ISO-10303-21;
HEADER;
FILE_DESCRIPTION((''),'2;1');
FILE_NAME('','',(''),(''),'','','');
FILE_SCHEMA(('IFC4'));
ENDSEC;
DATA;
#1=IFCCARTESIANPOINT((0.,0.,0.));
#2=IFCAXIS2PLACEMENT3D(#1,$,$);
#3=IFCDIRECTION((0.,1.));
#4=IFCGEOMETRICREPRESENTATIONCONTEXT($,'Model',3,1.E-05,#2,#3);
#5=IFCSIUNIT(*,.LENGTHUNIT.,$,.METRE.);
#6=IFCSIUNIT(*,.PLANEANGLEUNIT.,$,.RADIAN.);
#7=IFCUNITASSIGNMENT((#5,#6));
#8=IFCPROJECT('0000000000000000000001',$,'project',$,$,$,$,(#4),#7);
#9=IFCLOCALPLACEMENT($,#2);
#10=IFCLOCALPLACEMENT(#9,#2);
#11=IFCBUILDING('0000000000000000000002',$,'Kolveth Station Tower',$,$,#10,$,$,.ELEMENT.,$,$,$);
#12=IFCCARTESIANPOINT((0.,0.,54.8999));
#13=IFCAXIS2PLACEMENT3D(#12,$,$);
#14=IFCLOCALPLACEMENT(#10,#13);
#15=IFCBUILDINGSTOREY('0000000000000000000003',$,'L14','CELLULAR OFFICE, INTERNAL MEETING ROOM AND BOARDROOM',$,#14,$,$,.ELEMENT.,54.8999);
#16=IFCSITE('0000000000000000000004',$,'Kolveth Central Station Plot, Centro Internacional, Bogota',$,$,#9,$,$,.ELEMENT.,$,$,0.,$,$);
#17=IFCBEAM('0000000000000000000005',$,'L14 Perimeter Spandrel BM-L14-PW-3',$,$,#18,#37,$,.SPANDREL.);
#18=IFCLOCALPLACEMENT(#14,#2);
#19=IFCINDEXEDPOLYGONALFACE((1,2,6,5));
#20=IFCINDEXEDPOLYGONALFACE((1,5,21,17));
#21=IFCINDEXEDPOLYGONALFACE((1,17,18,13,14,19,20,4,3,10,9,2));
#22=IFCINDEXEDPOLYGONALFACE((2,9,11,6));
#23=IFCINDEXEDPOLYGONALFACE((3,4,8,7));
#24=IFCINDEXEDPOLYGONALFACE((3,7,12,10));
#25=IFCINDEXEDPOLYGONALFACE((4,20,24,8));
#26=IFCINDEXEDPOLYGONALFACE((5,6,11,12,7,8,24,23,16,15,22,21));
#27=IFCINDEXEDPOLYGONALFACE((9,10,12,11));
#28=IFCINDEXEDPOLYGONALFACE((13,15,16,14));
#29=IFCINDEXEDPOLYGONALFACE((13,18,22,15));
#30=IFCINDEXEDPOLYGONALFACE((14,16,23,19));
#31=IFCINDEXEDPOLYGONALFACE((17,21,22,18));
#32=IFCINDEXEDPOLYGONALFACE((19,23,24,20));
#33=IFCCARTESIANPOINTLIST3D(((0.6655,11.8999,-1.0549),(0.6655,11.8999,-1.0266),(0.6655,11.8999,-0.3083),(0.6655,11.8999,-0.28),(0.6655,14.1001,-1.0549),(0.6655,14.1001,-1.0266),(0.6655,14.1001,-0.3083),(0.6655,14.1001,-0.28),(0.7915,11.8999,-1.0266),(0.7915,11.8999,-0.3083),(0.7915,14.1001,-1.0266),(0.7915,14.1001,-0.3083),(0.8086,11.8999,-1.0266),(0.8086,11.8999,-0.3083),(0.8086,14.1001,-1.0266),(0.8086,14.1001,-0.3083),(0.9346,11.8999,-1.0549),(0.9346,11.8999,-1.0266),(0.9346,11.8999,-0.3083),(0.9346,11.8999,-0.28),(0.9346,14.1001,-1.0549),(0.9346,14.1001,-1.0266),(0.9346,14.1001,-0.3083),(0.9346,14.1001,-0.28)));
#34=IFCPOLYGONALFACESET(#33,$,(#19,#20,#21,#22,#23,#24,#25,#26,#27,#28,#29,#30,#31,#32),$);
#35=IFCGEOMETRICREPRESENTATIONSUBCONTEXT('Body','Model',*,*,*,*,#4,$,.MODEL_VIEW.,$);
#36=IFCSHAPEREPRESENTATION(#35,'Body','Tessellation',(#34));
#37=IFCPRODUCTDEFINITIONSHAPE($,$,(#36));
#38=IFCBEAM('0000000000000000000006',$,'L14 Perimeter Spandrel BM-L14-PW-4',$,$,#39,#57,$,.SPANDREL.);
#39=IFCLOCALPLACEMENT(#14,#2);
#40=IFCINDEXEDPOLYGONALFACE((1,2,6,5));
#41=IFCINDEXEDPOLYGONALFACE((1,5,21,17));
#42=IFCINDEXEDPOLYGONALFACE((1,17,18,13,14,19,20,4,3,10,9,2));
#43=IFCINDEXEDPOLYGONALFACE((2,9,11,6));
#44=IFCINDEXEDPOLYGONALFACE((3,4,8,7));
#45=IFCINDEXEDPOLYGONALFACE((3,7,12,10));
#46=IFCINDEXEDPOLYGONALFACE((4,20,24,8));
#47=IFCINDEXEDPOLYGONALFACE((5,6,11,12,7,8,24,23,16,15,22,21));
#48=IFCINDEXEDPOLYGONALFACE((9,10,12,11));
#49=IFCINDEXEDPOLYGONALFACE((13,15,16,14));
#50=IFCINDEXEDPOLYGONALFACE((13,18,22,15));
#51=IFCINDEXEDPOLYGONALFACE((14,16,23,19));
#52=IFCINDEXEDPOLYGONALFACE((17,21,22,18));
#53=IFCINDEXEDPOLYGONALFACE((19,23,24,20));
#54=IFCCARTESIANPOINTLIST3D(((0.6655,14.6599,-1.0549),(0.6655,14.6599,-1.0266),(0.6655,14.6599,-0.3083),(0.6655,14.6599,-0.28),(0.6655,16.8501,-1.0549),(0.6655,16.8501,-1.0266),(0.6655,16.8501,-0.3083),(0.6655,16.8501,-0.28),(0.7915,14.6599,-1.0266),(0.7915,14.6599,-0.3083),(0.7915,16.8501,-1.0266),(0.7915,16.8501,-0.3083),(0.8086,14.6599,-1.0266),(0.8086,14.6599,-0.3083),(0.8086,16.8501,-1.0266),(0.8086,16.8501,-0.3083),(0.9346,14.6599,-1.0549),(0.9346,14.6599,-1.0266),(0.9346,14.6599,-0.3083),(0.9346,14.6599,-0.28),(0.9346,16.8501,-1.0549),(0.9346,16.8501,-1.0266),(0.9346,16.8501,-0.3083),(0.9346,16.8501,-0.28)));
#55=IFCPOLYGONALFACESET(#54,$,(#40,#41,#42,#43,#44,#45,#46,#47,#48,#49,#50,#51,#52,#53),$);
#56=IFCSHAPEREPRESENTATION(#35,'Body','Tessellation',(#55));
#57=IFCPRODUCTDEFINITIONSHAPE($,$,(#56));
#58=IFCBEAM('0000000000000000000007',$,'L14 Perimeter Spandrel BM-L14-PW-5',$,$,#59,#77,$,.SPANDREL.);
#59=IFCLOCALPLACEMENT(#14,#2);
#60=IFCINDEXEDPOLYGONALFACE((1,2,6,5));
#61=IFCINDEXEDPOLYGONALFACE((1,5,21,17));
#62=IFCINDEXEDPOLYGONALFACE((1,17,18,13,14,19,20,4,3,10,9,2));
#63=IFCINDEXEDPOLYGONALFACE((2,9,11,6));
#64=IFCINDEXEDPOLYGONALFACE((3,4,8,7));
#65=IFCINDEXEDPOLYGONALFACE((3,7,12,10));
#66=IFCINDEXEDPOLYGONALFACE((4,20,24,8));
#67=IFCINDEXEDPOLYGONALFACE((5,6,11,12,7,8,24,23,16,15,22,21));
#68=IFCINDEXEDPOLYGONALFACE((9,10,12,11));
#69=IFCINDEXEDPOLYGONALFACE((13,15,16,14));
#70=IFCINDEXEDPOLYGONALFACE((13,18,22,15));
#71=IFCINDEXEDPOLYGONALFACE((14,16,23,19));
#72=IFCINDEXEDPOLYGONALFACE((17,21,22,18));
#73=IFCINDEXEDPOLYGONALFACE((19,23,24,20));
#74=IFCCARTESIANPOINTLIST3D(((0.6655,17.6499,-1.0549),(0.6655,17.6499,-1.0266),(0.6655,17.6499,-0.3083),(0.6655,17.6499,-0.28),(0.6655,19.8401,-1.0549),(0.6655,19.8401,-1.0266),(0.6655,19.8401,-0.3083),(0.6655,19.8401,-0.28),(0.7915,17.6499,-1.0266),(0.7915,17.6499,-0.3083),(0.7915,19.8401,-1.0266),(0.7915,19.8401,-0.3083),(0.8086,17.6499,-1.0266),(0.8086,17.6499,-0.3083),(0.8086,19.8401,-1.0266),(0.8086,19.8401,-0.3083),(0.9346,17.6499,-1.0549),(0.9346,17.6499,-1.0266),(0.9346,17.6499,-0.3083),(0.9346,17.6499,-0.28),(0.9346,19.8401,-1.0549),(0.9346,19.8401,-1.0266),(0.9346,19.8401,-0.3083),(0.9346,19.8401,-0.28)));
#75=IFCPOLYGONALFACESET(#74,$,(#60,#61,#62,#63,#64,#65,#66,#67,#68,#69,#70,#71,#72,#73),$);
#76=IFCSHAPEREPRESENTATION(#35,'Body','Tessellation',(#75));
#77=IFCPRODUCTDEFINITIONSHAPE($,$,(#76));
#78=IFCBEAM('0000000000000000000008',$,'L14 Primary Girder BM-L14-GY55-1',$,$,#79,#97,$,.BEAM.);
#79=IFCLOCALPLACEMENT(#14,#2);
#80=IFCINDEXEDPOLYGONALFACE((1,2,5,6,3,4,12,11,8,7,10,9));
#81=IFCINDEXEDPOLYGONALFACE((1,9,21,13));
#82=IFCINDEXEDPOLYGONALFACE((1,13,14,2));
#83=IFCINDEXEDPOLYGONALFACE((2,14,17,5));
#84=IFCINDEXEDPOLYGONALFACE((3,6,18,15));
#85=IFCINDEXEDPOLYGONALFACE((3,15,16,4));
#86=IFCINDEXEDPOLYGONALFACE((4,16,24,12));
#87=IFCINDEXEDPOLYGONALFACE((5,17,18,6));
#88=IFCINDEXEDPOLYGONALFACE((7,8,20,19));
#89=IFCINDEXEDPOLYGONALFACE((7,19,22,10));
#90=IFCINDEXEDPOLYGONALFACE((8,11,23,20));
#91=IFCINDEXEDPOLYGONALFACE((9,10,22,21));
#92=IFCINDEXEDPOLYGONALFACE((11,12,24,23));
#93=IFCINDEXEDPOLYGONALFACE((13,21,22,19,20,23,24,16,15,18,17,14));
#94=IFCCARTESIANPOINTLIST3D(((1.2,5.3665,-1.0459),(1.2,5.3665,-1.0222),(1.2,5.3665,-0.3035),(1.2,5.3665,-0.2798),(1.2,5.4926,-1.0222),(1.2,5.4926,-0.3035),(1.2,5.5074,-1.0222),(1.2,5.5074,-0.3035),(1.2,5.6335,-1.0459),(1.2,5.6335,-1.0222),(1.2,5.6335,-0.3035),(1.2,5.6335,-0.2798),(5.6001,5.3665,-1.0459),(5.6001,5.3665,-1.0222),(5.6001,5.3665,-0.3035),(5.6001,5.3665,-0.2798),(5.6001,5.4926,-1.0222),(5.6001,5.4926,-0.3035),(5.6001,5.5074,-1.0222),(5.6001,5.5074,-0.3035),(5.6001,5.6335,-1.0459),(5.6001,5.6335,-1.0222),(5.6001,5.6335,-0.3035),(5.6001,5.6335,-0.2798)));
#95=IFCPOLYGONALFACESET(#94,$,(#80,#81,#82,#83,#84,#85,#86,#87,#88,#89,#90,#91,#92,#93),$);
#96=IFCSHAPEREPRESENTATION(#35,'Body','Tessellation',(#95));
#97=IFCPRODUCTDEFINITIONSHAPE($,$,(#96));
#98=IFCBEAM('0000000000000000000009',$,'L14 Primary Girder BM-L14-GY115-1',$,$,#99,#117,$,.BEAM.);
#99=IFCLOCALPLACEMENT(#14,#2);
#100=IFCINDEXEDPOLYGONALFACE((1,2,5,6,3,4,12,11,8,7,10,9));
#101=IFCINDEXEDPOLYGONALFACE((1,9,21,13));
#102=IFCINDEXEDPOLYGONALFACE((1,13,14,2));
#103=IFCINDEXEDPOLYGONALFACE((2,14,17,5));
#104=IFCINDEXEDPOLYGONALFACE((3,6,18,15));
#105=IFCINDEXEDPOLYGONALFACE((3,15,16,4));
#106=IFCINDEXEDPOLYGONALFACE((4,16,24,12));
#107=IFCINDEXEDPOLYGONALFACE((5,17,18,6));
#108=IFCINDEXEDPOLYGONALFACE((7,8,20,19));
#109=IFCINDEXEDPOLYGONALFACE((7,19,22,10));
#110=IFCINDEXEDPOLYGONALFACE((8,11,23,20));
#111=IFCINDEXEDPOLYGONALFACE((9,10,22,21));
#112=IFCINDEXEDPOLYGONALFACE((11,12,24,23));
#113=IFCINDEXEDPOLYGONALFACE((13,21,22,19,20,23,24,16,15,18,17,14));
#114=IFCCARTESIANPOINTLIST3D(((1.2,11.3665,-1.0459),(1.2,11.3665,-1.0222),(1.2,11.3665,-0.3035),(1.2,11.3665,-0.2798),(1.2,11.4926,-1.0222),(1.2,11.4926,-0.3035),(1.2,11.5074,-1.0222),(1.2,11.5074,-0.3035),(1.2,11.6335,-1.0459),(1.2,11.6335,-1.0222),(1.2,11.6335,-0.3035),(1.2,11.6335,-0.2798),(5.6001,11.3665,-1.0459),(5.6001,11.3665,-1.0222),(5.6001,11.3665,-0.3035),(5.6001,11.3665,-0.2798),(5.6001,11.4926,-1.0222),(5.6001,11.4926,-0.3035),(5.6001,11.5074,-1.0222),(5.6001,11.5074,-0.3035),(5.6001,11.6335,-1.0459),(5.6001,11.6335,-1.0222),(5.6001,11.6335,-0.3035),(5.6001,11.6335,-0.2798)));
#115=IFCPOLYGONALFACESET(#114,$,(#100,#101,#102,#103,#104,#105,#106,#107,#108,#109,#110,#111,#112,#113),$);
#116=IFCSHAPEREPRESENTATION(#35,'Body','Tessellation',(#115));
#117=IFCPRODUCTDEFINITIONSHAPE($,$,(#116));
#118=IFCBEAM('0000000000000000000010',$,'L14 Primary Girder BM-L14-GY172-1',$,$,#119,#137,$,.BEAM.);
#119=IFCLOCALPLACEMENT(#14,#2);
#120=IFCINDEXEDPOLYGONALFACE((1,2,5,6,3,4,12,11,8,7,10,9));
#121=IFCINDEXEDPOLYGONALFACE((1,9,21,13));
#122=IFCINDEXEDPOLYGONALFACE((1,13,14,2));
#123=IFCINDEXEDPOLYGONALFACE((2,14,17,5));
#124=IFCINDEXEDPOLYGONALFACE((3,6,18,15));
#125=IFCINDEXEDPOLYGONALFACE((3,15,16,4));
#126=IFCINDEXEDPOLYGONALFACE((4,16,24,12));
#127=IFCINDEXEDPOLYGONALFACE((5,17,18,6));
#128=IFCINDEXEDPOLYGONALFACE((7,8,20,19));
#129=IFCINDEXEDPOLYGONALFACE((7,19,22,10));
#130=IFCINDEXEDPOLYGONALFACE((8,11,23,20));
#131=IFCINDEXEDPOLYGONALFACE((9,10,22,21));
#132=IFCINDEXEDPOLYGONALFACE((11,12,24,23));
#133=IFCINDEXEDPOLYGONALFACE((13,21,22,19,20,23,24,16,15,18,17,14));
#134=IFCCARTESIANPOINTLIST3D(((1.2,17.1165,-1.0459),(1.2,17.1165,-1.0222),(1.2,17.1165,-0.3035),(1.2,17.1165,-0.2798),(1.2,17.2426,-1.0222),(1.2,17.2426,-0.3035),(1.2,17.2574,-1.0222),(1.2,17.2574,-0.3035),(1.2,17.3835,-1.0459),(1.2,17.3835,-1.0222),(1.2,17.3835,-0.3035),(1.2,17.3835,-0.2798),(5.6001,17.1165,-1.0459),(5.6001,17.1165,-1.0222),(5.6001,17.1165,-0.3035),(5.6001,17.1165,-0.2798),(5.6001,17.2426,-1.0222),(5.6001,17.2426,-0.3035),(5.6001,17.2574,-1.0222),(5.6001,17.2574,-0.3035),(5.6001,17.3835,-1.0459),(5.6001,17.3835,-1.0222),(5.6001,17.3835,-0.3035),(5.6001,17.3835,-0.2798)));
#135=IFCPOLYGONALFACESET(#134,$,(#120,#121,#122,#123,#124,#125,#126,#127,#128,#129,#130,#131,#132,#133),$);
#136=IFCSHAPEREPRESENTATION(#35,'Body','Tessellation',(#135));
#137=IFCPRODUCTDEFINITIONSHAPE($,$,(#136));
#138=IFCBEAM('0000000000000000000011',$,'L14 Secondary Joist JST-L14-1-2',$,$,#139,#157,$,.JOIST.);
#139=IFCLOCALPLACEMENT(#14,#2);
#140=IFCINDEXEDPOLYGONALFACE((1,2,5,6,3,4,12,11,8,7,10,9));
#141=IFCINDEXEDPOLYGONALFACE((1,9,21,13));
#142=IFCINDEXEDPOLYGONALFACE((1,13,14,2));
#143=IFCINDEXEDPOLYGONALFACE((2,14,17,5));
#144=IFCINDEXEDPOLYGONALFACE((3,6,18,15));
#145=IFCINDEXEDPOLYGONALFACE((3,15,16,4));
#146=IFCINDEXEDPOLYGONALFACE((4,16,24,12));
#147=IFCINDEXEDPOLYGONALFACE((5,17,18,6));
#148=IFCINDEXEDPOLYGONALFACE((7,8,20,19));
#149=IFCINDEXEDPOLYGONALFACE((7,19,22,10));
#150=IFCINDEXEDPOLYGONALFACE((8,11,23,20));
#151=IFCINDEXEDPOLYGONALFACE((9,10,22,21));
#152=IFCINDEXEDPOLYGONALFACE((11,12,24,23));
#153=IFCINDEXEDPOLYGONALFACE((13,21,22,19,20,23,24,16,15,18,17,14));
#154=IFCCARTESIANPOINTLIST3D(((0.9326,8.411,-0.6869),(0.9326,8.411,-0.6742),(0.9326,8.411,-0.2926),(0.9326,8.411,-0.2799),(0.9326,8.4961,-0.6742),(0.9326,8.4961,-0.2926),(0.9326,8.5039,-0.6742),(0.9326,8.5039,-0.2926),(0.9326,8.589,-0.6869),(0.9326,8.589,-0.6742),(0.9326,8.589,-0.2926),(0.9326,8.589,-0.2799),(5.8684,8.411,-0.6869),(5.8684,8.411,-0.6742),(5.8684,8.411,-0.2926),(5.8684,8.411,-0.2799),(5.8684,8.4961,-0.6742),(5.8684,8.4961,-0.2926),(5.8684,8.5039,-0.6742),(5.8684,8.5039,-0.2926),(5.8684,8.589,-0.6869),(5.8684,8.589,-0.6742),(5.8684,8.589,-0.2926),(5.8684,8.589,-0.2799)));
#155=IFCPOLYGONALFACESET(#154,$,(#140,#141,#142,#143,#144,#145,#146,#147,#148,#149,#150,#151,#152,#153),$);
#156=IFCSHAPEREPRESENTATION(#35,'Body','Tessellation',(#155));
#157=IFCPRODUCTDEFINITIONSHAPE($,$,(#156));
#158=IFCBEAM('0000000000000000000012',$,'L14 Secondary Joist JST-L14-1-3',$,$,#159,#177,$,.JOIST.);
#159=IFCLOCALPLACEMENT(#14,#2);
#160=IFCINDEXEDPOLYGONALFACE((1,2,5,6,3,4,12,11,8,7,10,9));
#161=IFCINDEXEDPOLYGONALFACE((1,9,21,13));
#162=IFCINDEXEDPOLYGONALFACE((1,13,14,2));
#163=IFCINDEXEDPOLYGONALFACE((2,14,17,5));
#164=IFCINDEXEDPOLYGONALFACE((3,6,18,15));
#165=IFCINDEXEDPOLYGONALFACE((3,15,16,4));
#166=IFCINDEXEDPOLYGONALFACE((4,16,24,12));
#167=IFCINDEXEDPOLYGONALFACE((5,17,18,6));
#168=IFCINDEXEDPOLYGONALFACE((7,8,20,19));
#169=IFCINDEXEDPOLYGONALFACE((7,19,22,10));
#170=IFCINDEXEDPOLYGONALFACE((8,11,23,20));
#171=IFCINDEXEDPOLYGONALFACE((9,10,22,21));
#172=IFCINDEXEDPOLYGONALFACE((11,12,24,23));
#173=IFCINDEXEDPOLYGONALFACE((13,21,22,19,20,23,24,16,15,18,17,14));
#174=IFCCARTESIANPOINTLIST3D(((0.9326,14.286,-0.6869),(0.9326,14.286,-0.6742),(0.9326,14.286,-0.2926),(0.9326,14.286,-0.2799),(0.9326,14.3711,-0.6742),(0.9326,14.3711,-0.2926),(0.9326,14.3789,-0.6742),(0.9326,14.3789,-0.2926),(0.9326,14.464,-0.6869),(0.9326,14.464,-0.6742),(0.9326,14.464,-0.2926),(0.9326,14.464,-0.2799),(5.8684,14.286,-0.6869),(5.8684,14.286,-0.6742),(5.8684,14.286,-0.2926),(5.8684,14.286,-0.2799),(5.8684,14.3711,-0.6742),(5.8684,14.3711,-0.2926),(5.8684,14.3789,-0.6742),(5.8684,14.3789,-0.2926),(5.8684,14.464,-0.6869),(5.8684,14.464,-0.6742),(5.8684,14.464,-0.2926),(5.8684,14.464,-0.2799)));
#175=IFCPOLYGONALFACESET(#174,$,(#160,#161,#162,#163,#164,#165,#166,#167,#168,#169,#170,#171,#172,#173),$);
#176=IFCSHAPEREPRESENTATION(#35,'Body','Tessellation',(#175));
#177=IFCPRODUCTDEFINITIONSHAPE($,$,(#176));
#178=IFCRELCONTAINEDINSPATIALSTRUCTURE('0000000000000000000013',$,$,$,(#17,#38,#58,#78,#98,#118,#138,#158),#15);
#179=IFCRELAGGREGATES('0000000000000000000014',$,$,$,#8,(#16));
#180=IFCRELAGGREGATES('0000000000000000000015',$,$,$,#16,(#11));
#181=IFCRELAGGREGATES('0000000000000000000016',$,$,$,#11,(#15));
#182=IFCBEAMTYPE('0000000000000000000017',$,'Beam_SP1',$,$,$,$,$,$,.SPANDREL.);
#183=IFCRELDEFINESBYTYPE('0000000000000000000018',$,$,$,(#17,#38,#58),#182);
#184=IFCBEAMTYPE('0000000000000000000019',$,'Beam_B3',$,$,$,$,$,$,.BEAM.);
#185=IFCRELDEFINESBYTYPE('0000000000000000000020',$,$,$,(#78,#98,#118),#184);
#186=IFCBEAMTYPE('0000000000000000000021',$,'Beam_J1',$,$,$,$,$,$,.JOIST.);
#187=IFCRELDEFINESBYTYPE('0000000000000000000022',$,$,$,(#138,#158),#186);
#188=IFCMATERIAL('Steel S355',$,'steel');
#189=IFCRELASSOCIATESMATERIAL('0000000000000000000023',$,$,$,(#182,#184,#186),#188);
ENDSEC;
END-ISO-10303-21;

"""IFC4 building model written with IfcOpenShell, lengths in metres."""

from ifc_helpers import new_model, si_unit, direction, frame, origin, origin_2d, place, context, subcontext, project, spatial, i_section, extrude, source, transform, mapped, material, material_profile, profile_set, type_object, element, save


model = new_model("IFC4")

# Units and contexts
model_context = context("Model", 3, precision=1e-05, world=origin(), true_north=direction((0.0, 1.0)))
body_context = subcontext(model_context, "Body", "Model", "MODEL_VIEW")
ifc_project = project(units=[si_unit("LENGTHUNIT", "METRE"), si_unit("PLANEANGLEUNIT", "RADIAN")], contexts=[model_context])

# Site, building, storey
site_placement = place(None, origin())
site = spatial("IfcSite", under=ifc_project, at=site_placement, Name="Kolveth Central Station Plot, Centro Internacional, Bogota", CompositionType="ELEMENT", RefElevation=0.0)
building_placement = place(site_placement, origin())
building = spatial("IfcBuilding", under=site, at=building_placement, Name="Kolveth Station Tower", CompositionType="ELEMENT")
storey_placement = place(building_placement, frame((0.0, 0.0, 54.8999)))
storey = spatial("IfcBuildingStorey", under=building, at=storey_placement, Name="L14", Description="CELLULAR OFFICE, INTERNAL MEETING ROOM AND BOARDROOM", CompositionType="ELEMENT", Elevation=54.8999)

# Shared definitions
ifc_material_1 = material(Name="Steel S355", Category="steel")

# Beams
ifc_material_profile_1 = material_profile(ifc_material_1, i_section(OverallWidth=0.269, OverallDepth=0.7749, WebThickness=0.0171, FlangeThickness=0.0283, at=origin_2d()), Name="W760x220")
ifc_profile_set_1 = profile_set([ifc_material_profile_1], Name="Steel S355")
beam_type_1 = type_object("IfcBeamType", Name="Beam_SP1", PredefinedType="SPANDREL", material=ifc_profile_set_1)
shared_shape_1 = source(origin(), body_context, "Body", "SweptSolid", [
    extrude(i_section(OverallWidth=0.269, OverallDepth=0.7749, WebThickness=0.0171, FlangeThickness=0.0283, at=origin_2d()), origin(), (0.0, 0.0, 1.0), 2.2002),
])
beam_1_placement = place(storey_placement, frame((0.8, 11.8999, -0.6675), z_axis=(0.0, 1.0, 0.0), x_axis=(-1.0, 0.0, 0.0)))
element("IfcBeam", 1, at=beam_1_placement, inside=storey, type_object=beam_type_1, Name="L14 Perimeter Spandrel BM-L14-PW-3", PredefinedType="SPANDREL", context=body_context, shape_type="MappedRepresentation", body=[
    mapped(shared_shape_1, transform((0.0, 0.0, 0.0), x_axis=(1.0, 0.0, 0.0), y_axis=(0.0, 1.0, 0.0), z_axis=(0.0, 0.0, 1.0), scale=1.0)),
])
shared_shape_2 = source(origin(), body_context, "Body", "SweptSolid", [
    extrude(i_section(OverallWidth=0.269, OverallDepth=0.7749, WebThickness=0.0171, FlangeThickness=0.0283, at=origin_2d()), origin(), (0.0, 0.0, 1.0), 2.1902),
])
for number, where, z_axis, x_axis, name in (
    (2, (0.8, 14.6599, -0.6675), (0.0, 1.0, 0.0), (-1.0, 0.0, 0.0), "L14 Perimeter Spandrel BM-L14-PW-4"),
    (3, (0.8, 17.6499, -0.6675), (0.0, 1.0, 0.0), (-1.0, 0.0, 0.0), "L14 Perimeter Spandrel BM-L14-PW-5"),
):
    element("IfcBeam", number, at=place(storey_placement, frame(where, z_axis=z_axis, x_axis=x_axis)), inside=storey, type_object=beam_type_1, Name=name, PredefinedType="SPANDREL", context=body_context, shape_type="MappedRepresentation", body=[
        mapped(shared_shape_2, transform((0.0, 0.0, 0.0), x_axis=(1.0, 0.0, 0.0), y_axis=(0.0, 1.0, 0.0), z_axis=(0.0, 0.0, 1.0), scale=1.0)),
    ])
ifc_material_profile_2 = material_profile(ifc_material_1, i_section(OverallWidth=0.2671, OverallDepth=0.7661, WebThickness=0.0149, FlangeThickness=0.0237, at=origin_2d()), Name="W760x185")
ifc_profile_set_2 = profile_set([ifc_material_profile_2], Name="Steel S355")
beam_type_2 = type_object("IfcBeamType", Name="Beam_B3", PredefinedType="BEAM", material=ifc_profile_set_2)
shared_shape_3 = source(origin(), body_context, "Body", "SweptSolid", [
    extrude(i_section(OverallWidth=0.2671, OverallDepth=0.7661, WebThickness=0.0149, FlangeThickness=0.0237, at=origin_2d()), origin(), (0.0, 0.0, 1.0), 4.4001),
])
for number, where, z_axis, x_axis, name in (
    (4, (1.2, 5.5, -0.6628), (1.0, 0.0, 0.0), (0.0, 1.0, 0.0), "L14 Primary Girder BM-L14-GY55-1"),
    (5, (1.2, 11.5, -0.6628), (1.0, 0.0, 0.0), (0.0, 1.0, 0.0), "L14 Primary Girder BM-L14-GY115-1"),
    (6, (1.2, 17.25, -0.6628), (1.0, 0.0, 0.0), (0.0, 1.0, 0.0), "L14 Primary Girder BM-L14-GY172-1"),
):
    element("IfcBeam", number, at=place(storey_placement, frame(where, z_axis=z_axis, x_axis=x_axis)), inside=storey, type_object=beam_type_2, Name=name, PredefinedType="BEAM", context=body_context, shape_type="MappedRepresentation", body=[
        mapped(shared_shape_3, transform((0.0, 0.0, 0.0), x_axis=(1.0, 0.0, 0.0), y_axis=(0.0, 1.0, 0.0), z_axis=(0.0, 0.0, 1.0), scale=1.0)),
    ])
ifc_material_profile_3 = material_profile(ifc_material_1, i_section(OverallWidth=0.178, OverallDepth=0.407, WebThickness=0.0078, FlangeThickness=0.0127, at=origin_2d()), Name="W410x60")
ifc_profile_set_3 = profile_set([ifc_material_profile_3], Name="Steel S355")
beam_type_3 = type_object("IfcBeamType", Name="Beam_J1", PredefinedType="JOIST", material=ifc_profile_set_3)
shared_shape_4 = source(origin(), body_context, "Body", "SweptSolid", [
    extrude(i_section(OverallWidth=0.178, OverallDepth=0.407, WebThickness=0.0078, FlangeThickness=0.0127, at=origin_2d()), origin(), (0.0, 0.0, 1.0), 4.9358),
])
for number, where, z_axis, x_axis, name in (
    (7, (0.9326, 8.5, -0.4834), (1.0, 0.0, 0.0), (0.0, 1.0, 0.0), "L14 Secondary Joist JST-L14-1-2"),
    (8, (0.9326, 14.375, -0.4834), (1.0, 0.0, 0.0), (0.0, 1.0, 0.0), "L14 Secondary Joist JST-L14-1-3"),
):
    element("IfcBeam", number, at=place(storey_placement, frame(where, z_axis=z_axis, x_axis=x_axis)), inside=storey, type_object=beam_type_3, Name=name, PredefinedType="JOIST", context=body_context, shape_type="MappedRepresentation", body=[
        mapped(shared_shape_4, transform((0.0, 0.0, 0.0), x_axis=(1.0, 0.0, 0.0), y_axis=(0.0, 1.0, 0.0), z_axis=(0.0, 0.0, 1.0), scale=1.0)),
    ])

save(model, "model.ifc")
